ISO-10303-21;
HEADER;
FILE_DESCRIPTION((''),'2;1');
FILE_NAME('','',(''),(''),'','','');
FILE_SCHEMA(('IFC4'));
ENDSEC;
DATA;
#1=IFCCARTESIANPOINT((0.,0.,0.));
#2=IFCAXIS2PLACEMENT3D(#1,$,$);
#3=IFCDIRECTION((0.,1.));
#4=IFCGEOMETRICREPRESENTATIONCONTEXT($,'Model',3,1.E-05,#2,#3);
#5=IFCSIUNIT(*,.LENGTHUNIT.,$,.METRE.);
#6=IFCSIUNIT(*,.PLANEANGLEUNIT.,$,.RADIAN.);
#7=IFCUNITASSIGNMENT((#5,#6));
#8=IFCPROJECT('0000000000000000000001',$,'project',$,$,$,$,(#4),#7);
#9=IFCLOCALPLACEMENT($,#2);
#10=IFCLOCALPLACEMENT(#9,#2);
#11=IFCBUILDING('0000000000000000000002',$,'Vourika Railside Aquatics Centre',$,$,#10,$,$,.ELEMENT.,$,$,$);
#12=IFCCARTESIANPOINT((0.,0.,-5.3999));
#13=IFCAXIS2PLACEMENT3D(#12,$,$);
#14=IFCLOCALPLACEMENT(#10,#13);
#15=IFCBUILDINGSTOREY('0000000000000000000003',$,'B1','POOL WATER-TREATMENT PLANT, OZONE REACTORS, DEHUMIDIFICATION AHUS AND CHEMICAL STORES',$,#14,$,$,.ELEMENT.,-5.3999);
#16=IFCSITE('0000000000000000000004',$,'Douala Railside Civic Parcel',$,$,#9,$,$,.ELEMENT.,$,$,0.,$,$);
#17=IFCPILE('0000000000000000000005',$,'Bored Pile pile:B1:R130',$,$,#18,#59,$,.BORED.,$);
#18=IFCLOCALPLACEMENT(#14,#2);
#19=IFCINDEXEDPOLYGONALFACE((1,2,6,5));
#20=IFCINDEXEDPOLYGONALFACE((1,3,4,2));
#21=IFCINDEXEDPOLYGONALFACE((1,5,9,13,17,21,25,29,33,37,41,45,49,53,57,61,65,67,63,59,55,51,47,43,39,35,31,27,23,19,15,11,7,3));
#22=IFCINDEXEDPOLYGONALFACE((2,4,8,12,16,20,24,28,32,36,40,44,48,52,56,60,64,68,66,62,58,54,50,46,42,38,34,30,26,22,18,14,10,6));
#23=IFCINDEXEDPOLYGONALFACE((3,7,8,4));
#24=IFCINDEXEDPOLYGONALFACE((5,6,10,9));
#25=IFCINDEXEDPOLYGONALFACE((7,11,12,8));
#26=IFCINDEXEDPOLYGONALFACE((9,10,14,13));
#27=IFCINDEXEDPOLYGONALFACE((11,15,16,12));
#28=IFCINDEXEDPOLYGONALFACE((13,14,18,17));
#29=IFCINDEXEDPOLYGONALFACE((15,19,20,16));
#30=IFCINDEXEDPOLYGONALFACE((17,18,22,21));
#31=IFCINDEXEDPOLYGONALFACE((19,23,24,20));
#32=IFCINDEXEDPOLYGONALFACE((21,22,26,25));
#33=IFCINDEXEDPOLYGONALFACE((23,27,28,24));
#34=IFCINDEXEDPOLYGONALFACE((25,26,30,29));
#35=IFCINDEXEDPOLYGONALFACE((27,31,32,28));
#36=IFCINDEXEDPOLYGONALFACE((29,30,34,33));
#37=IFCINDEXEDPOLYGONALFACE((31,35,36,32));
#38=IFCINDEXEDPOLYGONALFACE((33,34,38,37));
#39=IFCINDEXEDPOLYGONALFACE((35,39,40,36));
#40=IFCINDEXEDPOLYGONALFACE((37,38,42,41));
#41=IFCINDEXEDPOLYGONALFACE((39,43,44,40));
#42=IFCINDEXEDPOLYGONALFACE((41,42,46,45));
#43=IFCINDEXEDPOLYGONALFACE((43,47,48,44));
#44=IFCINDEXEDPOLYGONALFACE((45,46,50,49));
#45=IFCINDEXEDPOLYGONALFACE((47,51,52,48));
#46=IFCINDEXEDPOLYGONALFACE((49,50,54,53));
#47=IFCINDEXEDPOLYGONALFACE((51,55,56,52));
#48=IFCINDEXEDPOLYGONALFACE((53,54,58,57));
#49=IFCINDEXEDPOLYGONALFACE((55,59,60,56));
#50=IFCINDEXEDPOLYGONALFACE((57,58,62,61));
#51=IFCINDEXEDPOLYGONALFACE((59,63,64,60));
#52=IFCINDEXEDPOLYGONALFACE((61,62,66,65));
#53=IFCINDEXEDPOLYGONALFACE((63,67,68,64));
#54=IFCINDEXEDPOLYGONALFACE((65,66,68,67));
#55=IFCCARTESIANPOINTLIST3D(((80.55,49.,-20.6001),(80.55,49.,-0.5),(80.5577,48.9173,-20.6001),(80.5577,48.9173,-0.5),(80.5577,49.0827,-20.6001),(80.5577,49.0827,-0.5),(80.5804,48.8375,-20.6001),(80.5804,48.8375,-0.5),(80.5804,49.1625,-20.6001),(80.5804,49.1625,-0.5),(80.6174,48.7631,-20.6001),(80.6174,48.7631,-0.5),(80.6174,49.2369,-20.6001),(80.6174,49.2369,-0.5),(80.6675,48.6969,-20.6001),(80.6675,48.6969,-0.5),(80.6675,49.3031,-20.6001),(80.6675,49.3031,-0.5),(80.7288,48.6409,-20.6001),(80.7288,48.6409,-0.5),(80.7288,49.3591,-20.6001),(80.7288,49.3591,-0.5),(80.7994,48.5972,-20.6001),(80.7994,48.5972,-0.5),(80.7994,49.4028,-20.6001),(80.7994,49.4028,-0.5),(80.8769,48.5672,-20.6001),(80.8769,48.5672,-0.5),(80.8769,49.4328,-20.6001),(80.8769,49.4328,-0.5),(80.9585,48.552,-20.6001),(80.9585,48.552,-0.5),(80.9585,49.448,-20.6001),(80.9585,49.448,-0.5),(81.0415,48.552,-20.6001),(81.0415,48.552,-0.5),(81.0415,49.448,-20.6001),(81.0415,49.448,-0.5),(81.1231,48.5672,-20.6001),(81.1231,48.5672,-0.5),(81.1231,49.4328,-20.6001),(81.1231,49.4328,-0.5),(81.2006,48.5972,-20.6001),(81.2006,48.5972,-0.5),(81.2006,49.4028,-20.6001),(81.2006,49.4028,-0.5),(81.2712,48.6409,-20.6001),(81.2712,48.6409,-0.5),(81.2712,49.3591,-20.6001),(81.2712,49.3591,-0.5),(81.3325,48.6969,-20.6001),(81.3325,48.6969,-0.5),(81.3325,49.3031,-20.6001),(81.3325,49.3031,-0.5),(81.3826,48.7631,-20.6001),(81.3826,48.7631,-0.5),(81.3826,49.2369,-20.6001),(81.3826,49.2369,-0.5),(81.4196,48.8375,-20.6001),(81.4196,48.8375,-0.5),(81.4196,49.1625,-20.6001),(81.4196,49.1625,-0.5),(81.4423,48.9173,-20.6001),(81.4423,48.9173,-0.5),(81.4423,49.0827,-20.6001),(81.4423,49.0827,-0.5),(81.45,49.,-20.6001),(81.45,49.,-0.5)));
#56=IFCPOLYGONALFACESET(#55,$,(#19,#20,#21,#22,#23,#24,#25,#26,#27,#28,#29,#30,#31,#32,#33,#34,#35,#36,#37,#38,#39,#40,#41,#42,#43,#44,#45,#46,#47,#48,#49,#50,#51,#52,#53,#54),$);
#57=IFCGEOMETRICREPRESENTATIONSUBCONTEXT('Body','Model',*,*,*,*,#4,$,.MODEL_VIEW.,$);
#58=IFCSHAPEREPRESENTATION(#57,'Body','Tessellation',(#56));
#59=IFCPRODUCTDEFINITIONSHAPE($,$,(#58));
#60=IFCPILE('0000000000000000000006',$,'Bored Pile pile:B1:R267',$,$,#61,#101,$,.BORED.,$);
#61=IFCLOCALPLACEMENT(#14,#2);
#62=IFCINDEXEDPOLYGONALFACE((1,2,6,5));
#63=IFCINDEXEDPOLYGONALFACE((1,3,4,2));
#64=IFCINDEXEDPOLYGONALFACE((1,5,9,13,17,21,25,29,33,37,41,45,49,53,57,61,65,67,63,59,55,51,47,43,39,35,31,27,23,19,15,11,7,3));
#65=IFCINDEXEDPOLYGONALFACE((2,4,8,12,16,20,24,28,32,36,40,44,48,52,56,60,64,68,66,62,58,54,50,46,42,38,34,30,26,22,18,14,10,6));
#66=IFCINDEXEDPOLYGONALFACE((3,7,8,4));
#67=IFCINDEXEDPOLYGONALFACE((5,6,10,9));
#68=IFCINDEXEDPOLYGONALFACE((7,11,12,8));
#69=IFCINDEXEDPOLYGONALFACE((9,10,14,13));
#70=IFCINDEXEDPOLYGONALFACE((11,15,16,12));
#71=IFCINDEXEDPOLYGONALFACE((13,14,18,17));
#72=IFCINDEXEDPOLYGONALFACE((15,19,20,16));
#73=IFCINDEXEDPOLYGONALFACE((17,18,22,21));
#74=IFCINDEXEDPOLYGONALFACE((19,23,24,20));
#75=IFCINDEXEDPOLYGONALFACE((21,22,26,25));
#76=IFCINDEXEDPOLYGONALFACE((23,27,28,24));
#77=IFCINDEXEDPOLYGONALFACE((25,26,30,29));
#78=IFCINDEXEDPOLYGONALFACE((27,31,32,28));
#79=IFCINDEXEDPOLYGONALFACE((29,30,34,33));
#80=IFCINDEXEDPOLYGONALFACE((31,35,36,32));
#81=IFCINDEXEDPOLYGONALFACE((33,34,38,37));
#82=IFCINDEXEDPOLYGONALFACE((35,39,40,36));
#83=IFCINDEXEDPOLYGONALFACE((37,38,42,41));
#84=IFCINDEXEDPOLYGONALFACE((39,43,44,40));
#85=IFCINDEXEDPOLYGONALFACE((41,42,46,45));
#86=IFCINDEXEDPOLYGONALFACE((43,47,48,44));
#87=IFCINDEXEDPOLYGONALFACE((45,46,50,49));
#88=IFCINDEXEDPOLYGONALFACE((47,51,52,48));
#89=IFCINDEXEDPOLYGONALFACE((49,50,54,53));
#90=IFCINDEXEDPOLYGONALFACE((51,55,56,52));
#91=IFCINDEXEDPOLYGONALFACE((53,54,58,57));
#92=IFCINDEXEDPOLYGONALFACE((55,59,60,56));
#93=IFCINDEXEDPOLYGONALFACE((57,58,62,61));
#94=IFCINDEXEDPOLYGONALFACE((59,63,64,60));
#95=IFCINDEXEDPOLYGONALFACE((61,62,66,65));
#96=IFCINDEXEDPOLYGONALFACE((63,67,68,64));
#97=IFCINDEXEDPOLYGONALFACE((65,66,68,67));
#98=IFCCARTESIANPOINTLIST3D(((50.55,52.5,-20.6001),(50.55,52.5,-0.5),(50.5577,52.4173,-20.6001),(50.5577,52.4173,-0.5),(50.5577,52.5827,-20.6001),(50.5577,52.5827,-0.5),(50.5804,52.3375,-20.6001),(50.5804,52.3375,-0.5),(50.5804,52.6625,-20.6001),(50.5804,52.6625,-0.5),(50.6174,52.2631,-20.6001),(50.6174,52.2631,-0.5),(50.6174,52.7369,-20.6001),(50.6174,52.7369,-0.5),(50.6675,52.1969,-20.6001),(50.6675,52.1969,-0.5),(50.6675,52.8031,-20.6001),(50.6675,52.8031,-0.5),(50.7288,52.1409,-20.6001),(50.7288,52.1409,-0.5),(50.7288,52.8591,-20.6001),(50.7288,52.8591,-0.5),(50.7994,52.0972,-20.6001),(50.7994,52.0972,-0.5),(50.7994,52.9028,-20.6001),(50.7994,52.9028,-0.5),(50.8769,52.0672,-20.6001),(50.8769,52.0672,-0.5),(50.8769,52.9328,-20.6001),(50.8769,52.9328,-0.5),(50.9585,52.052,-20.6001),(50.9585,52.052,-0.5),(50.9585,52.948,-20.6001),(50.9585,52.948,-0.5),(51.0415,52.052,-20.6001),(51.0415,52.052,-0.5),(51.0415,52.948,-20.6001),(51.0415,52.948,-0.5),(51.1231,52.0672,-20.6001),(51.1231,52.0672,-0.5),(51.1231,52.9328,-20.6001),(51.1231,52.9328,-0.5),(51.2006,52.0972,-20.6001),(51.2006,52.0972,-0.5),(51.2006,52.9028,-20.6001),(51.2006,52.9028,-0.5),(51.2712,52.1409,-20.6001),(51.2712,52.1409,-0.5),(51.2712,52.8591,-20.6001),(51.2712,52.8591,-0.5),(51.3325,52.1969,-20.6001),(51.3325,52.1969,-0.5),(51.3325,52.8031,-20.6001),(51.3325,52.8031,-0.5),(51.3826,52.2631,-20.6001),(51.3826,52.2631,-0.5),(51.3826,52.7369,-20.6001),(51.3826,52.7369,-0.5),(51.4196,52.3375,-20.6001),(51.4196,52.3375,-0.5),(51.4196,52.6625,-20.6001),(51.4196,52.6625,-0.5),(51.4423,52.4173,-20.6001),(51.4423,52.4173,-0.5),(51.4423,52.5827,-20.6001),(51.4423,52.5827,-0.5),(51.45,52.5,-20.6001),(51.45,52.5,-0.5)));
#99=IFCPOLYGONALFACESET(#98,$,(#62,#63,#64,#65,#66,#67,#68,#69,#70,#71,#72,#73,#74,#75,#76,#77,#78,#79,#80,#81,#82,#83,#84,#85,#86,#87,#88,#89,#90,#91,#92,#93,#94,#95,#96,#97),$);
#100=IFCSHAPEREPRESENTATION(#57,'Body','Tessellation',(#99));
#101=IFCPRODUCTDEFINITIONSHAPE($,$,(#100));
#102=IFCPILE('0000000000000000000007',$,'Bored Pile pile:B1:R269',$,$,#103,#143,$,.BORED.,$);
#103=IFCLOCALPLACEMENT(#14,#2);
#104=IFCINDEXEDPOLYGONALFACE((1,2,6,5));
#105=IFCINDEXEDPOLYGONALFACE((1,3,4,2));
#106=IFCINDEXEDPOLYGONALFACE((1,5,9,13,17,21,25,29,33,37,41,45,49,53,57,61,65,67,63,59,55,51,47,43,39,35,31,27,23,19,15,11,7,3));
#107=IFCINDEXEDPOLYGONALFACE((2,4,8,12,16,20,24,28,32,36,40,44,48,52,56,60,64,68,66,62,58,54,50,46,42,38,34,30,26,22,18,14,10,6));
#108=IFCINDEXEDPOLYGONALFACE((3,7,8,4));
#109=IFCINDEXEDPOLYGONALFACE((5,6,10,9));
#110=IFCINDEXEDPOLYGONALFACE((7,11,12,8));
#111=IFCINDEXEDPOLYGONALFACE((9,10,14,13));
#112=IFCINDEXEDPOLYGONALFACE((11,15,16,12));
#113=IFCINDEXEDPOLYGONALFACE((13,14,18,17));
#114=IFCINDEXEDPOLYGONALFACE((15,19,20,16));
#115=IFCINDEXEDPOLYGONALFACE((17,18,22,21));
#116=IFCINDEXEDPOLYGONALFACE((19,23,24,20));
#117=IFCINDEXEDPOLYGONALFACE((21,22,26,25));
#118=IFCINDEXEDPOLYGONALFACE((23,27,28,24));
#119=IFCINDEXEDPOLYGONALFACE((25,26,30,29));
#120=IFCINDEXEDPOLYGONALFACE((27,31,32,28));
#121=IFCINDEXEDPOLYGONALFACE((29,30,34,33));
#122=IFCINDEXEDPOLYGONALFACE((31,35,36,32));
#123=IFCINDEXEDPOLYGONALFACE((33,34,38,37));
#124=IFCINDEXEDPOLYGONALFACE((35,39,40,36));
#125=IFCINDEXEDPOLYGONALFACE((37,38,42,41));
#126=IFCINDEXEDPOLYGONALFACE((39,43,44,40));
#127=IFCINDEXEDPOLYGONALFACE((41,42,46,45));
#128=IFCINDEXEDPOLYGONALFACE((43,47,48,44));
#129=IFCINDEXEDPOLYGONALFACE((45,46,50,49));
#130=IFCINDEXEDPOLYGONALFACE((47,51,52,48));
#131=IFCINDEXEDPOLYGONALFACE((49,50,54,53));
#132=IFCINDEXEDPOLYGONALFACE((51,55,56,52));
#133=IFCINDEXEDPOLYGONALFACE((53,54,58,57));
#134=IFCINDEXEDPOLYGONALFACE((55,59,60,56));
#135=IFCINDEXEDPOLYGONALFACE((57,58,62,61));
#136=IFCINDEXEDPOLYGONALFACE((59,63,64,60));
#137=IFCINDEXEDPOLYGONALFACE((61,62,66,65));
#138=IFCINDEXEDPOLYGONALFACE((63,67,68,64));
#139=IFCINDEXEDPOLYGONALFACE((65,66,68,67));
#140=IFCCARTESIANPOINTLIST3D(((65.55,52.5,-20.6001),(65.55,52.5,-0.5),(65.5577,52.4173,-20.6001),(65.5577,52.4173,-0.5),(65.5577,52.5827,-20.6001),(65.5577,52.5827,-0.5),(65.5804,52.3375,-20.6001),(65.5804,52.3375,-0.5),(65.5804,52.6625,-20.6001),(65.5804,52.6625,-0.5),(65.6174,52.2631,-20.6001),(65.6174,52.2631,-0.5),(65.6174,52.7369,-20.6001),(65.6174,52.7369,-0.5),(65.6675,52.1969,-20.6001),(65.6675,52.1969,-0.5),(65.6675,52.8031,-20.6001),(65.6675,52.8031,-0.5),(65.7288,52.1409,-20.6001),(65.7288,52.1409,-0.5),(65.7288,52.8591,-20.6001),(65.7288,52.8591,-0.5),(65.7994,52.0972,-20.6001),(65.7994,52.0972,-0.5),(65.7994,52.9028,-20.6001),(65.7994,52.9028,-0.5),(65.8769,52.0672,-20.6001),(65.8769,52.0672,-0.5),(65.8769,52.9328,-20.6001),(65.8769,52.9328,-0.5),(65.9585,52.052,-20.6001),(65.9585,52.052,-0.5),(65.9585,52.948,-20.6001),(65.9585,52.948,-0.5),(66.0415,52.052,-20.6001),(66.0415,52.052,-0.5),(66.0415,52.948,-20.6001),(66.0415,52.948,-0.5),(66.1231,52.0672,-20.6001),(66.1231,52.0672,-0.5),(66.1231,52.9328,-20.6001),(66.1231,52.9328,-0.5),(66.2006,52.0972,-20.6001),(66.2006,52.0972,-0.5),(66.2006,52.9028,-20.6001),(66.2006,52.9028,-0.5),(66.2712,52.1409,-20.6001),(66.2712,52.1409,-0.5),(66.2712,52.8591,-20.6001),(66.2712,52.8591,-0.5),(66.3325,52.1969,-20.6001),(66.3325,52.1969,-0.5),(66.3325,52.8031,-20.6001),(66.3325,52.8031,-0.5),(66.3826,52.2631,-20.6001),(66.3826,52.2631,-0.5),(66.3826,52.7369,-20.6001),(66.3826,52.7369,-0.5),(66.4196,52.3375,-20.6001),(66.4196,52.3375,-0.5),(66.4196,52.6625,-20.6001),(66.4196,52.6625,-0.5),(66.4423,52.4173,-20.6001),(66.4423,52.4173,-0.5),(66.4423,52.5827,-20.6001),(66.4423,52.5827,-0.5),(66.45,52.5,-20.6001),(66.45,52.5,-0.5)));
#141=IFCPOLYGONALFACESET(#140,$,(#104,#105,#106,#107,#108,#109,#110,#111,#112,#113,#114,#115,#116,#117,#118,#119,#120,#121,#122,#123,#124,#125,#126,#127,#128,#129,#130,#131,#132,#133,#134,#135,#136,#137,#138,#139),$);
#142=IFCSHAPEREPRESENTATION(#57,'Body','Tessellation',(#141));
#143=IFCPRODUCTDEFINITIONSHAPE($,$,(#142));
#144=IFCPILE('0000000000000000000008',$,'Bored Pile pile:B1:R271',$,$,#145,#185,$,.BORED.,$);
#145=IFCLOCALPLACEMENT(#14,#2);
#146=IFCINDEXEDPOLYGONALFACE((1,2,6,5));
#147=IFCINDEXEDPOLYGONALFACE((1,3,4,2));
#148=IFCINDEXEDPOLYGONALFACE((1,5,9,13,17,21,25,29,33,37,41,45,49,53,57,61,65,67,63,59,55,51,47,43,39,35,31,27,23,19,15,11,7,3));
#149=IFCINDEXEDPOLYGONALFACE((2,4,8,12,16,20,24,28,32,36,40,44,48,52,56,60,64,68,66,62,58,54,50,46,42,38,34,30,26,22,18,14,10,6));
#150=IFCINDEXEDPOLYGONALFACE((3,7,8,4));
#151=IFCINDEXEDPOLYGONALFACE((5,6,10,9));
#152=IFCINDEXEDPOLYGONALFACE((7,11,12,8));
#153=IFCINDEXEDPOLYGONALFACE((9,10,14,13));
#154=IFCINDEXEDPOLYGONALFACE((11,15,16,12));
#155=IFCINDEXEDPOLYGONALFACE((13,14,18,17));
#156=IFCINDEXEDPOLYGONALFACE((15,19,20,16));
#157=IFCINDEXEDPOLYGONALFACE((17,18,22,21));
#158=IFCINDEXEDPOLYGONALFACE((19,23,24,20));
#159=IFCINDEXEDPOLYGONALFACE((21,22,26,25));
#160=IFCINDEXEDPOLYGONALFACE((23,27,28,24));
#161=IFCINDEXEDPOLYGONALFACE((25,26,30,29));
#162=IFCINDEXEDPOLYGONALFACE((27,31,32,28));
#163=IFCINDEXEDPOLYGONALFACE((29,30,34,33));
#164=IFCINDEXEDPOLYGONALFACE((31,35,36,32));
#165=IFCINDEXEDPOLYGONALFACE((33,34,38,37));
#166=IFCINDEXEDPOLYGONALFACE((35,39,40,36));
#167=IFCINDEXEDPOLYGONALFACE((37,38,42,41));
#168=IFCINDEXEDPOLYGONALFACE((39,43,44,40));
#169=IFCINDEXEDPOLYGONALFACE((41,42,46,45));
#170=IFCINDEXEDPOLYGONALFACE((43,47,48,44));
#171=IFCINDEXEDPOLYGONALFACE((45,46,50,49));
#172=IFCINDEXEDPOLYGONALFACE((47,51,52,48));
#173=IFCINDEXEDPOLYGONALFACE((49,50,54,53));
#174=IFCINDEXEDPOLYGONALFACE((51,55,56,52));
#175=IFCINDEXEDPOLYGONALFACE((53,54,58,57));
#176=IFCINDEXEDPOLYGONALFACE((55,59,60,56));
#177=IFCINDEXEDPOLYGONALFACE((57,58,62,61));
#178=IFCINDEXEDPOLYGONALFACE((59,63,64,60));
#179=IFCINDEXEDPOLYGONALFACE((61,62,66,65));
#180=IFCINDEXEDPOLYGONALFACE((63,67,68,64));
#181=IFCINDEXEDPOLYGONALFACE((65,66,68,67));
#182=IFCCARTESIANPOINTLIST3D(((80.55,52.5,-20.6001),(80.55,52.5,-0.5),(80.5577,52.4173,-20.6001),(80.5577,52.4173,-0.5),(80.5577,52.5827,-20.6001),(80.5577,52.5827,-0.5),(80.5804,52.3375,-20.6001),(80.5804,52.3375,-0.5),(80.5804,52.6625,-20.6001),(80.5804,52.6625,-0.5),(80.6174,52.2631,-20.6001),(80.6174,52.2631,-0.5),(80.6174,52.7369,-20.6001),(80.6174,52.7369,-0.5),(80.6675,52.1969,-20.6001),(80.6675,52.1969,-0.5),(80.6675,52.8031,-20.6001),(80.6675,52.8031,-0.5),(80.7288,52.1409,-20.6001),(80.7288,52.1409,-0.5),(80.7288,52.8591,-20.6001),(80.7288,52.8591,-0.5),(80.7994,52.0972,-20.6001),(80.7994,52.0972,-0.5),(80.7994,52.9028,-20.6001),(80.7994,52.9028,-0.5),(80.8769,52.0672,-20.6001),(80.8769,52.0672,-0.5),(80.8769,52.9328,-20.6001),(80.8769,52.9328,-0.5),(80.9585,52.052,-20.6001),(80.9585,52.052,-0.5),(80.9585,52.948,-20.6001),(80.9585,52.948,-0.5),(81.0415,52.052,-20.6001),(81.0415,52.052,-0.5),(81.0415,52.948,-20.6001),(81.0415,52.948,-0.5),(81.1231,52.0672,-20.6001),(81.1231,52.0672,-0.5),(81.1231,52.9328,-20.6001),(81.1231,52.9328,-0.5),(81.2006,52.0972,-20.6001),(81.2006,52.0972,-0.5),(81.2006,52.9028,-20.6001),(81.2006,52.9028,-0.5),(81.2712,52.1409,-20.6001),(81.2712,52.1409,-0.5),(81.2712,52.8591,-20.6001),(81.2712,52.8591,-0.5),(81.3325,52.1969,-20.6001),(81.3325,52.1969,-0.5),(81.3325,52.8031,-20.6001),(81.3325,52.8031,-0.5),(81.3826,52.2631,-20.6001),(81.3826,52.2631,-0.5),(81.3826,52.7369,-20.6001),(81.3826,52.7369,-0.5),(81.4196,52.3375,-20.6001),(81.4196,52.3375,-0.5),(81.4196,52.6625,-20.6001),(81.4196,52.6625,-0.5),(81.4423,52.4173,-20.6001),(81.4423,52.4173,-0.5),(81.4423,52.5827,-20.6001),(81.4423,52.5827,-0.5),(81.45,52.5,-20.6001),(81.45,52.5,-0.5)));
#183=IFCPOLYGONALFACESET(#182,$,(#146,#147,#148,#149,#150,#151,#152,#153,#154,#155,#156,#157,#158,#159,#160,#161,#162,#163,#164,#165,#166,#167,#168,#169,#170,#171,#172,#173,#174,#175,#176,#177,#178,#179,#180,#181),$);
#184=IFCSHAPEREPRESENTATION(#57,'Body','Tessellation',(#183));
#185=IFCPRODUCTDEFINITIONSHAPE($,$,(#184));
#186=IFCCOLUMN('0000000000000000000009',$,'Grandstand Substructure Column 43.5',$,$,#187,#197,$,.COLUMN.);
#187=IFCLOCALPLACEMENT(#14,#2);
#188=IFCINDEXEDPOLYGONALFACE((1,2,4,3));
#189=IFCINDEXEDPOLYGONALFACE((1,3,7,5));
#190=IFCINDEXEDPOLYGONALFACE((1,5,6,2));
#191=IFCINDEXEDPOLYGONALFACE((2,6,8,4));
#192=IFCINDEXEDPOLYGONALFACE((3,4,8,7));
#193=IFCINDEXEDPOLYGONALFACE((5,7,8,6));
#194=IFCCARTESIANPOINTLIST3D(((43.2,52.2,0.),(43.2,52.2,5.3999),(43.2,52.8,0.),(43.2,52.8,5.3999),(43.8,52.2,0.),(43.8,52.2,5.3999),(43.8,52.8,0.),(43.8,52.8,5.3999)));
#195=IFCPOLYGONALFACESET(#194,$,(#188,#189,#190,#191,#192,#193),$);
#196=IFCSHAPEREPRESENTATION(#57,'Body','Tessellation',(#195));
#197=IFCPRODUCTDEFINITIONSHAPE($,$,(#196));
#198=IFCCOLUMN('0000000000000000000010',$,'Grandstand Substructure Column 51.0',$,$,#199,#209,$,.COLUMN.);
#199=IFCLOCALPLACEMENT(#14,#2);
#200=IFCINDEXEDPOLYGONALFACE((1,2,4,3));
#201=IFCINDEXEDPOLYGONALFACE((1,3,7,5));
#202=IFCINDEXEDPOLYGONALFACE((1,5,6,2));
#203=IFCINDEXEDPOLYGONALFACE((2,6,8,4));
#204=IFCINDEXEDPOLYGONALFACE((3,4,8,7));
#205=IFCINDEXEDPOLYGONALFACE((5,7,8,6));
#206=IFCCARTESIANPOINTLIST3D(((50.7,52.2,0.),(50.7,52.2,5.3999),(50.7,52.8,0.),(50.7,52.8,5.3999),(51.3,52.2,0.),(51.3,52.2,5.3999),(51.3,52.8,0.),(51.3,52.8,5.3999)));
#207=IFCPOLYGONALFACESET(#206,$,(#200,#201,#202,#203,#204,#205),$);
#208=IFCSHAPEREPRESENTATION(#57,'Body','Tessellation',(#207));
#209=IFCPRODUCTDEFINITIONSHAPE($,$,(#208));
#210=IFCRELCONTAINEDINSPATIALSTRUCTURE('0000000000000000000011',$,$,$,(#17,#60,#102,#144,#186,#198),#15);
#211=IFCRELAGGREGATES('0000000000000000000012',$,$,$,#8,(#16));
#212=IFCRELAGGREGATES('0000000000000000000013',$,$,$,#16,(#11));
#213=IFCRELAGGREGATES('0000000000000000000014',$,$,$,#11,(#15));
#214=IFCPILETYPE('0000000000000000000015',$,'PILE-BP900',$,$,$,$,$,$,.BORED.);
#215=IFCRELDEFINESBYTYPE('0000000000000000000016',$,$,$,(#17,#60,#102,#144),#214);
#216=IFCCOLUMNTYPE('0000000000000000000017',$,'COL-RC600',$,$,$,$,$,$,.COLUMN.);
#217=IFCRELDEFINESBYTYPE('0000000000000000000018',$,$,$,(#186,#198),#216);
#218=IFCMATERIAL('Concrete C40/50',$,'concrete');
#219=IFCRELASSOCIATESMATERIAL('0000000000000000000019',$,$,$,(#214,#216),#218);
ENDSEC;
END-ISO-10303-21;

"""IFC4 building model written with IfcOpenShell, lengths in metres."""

from ifc_helpers import new_model, si_unit, direction, frame, origin, origin_2d, place, context, subcontext, project, spatial, rectangle, circle, extrude, material, material_profile, profile_set, type_object, element, save


model = new_model("IFC4")

# Units and contexts
model_context = context("Model", 3, precision=1e-05, world=origin(), true_north=direction((0.0, 1.0)))
body_context = subcontext(model_context, "Body", "Model", "MODEL_VIEW")
ifc_project = project(units=[si_unit("LENGTHUNIT", "METRE"), si_unit("PLANEANGLEUNIT", "RADIAN")], contexts=[model_context])

# Site, building, storey
site_placement = place(None, origin())
site = spatial("IfcSite", under=ifc_project, at=site_placement, Name="Douala Railside Civic Parcel", CompositionType="ELEMENT", RefElevation=0.0)
building_placement = place(site_placement, origin())
building = spatial("IfcBuilding", under=site, at=building_placement, Name="Vourika Railside Aquatics Centre", CompositionType="ELEMENT")
storey_placement = place(building_placement, frame((0.0, 0.0, -5.3999)))
storey = spatial("IfcBuildingStorey", under=building, at=storey_placement, Name="B1", Description="POOL WATER-TREATMENT PLANT, OZONE REACTORS, DEHUMIDIFICATION AHUS AND CHEMICAL STORES", CompositionType="ELEMENT", Elevation=-5.3999)

# Piles
ifc_material_1 = material(Name="Concrete C40/50", Category="concrete")
ifc_material_profile_1 = material_profile(ifc_material_1, circle(Radius=0.45, at=origin_2d()), Name="BP 900")
ifc_profile_set_1 = profile_set([ifc_material_profile_1], Name="Concrete C40/50")
pile_type_1 = type_object("IfcPileType", Name="PILE-BP900", PredefinedType="BORED", material=ifc_profile_set_1)
for number, where, z_axis, x_axis, name in (
    (1, (81.0, 49.0, -0.5), (0.0, 0.0, -1.0), (1.0, 0.0, 0.0), "Bored Pile pile:B1:R130"),
    (2, (51.0, 52.5, -0.5), (0.0, 0.0, -1.0), (1.0, 0.0, 0.0), "Bored Pile pile:B1:R267"),
    (3, (66.0, 52.5, -0.5), (0.0, 0.0, -1.0), (1.0, 0.0, 0.0), "Bored Pile pile:B1:R269"),
    (4, (81.0, 52.5, -0.5), (0.0, 0.0, -1.0), (1.0, 0.0, 0.0), "Bored Pile pile:B1:R271"),
):
    element("IfcPile", number, at=place(storey_placement, frame(where, z_axis=z_axis, x_axis=x_axis)), inside=storey, type_object=pile_type_1, Name=name, PredefinedType="BORED", context=body_context, shape_type="SweptSolid", body=[
        extrude(circle(Radius=0.45, at=origin_2d()), origin(), (0.0, 0.0, 1.0), 20.1001),
    ])

# Columns
ifc_material_profile_2 = material_profile(ifc_material_1, rectangle(XDim=0.6001, YDim=0.6001, at=origin_2d()), Name="RC 600x600")
ifc_profile_set_2 = profile_set([ifc_material_profile_2], Name="Concrete C40/50")
column_type_1 = type_object("IfcColumnType", Name="COL-RC600", PredefinedType="COLUMN", material=ifc_profile_set_2)
for number, where, z_axis, x_axis, name in (
    (5, (43.5, 52.5, 0.0), (0.0, 0.0, 1.0), (1.0, 0.0, 0.0), "Grandstand Substructure Column 43.5"),
    (6, (51.0, 52.5, 0.0), (0.0, 0.0, 1.0), (1.0, 0.0, 0.0), "Grandstand Substructure Column 51.0"),
):
    element("IfcColumn", number, at=place(storey_placement, frame(where, z_axis=z_axis, x_axis=x_axis)), inside=storey, type_object=column_type_1, Name=name, PredefinedType="COLUMN", context=body_context, shape_type="SweptSolid", body=[
        extrude(rectangle(XDim=0.6001, YDim=0.6001, at=origin_2d()), origin(), (0.0, 0.0, 1.0), 5.3999),
    ])

save(model, "model.ifc")
